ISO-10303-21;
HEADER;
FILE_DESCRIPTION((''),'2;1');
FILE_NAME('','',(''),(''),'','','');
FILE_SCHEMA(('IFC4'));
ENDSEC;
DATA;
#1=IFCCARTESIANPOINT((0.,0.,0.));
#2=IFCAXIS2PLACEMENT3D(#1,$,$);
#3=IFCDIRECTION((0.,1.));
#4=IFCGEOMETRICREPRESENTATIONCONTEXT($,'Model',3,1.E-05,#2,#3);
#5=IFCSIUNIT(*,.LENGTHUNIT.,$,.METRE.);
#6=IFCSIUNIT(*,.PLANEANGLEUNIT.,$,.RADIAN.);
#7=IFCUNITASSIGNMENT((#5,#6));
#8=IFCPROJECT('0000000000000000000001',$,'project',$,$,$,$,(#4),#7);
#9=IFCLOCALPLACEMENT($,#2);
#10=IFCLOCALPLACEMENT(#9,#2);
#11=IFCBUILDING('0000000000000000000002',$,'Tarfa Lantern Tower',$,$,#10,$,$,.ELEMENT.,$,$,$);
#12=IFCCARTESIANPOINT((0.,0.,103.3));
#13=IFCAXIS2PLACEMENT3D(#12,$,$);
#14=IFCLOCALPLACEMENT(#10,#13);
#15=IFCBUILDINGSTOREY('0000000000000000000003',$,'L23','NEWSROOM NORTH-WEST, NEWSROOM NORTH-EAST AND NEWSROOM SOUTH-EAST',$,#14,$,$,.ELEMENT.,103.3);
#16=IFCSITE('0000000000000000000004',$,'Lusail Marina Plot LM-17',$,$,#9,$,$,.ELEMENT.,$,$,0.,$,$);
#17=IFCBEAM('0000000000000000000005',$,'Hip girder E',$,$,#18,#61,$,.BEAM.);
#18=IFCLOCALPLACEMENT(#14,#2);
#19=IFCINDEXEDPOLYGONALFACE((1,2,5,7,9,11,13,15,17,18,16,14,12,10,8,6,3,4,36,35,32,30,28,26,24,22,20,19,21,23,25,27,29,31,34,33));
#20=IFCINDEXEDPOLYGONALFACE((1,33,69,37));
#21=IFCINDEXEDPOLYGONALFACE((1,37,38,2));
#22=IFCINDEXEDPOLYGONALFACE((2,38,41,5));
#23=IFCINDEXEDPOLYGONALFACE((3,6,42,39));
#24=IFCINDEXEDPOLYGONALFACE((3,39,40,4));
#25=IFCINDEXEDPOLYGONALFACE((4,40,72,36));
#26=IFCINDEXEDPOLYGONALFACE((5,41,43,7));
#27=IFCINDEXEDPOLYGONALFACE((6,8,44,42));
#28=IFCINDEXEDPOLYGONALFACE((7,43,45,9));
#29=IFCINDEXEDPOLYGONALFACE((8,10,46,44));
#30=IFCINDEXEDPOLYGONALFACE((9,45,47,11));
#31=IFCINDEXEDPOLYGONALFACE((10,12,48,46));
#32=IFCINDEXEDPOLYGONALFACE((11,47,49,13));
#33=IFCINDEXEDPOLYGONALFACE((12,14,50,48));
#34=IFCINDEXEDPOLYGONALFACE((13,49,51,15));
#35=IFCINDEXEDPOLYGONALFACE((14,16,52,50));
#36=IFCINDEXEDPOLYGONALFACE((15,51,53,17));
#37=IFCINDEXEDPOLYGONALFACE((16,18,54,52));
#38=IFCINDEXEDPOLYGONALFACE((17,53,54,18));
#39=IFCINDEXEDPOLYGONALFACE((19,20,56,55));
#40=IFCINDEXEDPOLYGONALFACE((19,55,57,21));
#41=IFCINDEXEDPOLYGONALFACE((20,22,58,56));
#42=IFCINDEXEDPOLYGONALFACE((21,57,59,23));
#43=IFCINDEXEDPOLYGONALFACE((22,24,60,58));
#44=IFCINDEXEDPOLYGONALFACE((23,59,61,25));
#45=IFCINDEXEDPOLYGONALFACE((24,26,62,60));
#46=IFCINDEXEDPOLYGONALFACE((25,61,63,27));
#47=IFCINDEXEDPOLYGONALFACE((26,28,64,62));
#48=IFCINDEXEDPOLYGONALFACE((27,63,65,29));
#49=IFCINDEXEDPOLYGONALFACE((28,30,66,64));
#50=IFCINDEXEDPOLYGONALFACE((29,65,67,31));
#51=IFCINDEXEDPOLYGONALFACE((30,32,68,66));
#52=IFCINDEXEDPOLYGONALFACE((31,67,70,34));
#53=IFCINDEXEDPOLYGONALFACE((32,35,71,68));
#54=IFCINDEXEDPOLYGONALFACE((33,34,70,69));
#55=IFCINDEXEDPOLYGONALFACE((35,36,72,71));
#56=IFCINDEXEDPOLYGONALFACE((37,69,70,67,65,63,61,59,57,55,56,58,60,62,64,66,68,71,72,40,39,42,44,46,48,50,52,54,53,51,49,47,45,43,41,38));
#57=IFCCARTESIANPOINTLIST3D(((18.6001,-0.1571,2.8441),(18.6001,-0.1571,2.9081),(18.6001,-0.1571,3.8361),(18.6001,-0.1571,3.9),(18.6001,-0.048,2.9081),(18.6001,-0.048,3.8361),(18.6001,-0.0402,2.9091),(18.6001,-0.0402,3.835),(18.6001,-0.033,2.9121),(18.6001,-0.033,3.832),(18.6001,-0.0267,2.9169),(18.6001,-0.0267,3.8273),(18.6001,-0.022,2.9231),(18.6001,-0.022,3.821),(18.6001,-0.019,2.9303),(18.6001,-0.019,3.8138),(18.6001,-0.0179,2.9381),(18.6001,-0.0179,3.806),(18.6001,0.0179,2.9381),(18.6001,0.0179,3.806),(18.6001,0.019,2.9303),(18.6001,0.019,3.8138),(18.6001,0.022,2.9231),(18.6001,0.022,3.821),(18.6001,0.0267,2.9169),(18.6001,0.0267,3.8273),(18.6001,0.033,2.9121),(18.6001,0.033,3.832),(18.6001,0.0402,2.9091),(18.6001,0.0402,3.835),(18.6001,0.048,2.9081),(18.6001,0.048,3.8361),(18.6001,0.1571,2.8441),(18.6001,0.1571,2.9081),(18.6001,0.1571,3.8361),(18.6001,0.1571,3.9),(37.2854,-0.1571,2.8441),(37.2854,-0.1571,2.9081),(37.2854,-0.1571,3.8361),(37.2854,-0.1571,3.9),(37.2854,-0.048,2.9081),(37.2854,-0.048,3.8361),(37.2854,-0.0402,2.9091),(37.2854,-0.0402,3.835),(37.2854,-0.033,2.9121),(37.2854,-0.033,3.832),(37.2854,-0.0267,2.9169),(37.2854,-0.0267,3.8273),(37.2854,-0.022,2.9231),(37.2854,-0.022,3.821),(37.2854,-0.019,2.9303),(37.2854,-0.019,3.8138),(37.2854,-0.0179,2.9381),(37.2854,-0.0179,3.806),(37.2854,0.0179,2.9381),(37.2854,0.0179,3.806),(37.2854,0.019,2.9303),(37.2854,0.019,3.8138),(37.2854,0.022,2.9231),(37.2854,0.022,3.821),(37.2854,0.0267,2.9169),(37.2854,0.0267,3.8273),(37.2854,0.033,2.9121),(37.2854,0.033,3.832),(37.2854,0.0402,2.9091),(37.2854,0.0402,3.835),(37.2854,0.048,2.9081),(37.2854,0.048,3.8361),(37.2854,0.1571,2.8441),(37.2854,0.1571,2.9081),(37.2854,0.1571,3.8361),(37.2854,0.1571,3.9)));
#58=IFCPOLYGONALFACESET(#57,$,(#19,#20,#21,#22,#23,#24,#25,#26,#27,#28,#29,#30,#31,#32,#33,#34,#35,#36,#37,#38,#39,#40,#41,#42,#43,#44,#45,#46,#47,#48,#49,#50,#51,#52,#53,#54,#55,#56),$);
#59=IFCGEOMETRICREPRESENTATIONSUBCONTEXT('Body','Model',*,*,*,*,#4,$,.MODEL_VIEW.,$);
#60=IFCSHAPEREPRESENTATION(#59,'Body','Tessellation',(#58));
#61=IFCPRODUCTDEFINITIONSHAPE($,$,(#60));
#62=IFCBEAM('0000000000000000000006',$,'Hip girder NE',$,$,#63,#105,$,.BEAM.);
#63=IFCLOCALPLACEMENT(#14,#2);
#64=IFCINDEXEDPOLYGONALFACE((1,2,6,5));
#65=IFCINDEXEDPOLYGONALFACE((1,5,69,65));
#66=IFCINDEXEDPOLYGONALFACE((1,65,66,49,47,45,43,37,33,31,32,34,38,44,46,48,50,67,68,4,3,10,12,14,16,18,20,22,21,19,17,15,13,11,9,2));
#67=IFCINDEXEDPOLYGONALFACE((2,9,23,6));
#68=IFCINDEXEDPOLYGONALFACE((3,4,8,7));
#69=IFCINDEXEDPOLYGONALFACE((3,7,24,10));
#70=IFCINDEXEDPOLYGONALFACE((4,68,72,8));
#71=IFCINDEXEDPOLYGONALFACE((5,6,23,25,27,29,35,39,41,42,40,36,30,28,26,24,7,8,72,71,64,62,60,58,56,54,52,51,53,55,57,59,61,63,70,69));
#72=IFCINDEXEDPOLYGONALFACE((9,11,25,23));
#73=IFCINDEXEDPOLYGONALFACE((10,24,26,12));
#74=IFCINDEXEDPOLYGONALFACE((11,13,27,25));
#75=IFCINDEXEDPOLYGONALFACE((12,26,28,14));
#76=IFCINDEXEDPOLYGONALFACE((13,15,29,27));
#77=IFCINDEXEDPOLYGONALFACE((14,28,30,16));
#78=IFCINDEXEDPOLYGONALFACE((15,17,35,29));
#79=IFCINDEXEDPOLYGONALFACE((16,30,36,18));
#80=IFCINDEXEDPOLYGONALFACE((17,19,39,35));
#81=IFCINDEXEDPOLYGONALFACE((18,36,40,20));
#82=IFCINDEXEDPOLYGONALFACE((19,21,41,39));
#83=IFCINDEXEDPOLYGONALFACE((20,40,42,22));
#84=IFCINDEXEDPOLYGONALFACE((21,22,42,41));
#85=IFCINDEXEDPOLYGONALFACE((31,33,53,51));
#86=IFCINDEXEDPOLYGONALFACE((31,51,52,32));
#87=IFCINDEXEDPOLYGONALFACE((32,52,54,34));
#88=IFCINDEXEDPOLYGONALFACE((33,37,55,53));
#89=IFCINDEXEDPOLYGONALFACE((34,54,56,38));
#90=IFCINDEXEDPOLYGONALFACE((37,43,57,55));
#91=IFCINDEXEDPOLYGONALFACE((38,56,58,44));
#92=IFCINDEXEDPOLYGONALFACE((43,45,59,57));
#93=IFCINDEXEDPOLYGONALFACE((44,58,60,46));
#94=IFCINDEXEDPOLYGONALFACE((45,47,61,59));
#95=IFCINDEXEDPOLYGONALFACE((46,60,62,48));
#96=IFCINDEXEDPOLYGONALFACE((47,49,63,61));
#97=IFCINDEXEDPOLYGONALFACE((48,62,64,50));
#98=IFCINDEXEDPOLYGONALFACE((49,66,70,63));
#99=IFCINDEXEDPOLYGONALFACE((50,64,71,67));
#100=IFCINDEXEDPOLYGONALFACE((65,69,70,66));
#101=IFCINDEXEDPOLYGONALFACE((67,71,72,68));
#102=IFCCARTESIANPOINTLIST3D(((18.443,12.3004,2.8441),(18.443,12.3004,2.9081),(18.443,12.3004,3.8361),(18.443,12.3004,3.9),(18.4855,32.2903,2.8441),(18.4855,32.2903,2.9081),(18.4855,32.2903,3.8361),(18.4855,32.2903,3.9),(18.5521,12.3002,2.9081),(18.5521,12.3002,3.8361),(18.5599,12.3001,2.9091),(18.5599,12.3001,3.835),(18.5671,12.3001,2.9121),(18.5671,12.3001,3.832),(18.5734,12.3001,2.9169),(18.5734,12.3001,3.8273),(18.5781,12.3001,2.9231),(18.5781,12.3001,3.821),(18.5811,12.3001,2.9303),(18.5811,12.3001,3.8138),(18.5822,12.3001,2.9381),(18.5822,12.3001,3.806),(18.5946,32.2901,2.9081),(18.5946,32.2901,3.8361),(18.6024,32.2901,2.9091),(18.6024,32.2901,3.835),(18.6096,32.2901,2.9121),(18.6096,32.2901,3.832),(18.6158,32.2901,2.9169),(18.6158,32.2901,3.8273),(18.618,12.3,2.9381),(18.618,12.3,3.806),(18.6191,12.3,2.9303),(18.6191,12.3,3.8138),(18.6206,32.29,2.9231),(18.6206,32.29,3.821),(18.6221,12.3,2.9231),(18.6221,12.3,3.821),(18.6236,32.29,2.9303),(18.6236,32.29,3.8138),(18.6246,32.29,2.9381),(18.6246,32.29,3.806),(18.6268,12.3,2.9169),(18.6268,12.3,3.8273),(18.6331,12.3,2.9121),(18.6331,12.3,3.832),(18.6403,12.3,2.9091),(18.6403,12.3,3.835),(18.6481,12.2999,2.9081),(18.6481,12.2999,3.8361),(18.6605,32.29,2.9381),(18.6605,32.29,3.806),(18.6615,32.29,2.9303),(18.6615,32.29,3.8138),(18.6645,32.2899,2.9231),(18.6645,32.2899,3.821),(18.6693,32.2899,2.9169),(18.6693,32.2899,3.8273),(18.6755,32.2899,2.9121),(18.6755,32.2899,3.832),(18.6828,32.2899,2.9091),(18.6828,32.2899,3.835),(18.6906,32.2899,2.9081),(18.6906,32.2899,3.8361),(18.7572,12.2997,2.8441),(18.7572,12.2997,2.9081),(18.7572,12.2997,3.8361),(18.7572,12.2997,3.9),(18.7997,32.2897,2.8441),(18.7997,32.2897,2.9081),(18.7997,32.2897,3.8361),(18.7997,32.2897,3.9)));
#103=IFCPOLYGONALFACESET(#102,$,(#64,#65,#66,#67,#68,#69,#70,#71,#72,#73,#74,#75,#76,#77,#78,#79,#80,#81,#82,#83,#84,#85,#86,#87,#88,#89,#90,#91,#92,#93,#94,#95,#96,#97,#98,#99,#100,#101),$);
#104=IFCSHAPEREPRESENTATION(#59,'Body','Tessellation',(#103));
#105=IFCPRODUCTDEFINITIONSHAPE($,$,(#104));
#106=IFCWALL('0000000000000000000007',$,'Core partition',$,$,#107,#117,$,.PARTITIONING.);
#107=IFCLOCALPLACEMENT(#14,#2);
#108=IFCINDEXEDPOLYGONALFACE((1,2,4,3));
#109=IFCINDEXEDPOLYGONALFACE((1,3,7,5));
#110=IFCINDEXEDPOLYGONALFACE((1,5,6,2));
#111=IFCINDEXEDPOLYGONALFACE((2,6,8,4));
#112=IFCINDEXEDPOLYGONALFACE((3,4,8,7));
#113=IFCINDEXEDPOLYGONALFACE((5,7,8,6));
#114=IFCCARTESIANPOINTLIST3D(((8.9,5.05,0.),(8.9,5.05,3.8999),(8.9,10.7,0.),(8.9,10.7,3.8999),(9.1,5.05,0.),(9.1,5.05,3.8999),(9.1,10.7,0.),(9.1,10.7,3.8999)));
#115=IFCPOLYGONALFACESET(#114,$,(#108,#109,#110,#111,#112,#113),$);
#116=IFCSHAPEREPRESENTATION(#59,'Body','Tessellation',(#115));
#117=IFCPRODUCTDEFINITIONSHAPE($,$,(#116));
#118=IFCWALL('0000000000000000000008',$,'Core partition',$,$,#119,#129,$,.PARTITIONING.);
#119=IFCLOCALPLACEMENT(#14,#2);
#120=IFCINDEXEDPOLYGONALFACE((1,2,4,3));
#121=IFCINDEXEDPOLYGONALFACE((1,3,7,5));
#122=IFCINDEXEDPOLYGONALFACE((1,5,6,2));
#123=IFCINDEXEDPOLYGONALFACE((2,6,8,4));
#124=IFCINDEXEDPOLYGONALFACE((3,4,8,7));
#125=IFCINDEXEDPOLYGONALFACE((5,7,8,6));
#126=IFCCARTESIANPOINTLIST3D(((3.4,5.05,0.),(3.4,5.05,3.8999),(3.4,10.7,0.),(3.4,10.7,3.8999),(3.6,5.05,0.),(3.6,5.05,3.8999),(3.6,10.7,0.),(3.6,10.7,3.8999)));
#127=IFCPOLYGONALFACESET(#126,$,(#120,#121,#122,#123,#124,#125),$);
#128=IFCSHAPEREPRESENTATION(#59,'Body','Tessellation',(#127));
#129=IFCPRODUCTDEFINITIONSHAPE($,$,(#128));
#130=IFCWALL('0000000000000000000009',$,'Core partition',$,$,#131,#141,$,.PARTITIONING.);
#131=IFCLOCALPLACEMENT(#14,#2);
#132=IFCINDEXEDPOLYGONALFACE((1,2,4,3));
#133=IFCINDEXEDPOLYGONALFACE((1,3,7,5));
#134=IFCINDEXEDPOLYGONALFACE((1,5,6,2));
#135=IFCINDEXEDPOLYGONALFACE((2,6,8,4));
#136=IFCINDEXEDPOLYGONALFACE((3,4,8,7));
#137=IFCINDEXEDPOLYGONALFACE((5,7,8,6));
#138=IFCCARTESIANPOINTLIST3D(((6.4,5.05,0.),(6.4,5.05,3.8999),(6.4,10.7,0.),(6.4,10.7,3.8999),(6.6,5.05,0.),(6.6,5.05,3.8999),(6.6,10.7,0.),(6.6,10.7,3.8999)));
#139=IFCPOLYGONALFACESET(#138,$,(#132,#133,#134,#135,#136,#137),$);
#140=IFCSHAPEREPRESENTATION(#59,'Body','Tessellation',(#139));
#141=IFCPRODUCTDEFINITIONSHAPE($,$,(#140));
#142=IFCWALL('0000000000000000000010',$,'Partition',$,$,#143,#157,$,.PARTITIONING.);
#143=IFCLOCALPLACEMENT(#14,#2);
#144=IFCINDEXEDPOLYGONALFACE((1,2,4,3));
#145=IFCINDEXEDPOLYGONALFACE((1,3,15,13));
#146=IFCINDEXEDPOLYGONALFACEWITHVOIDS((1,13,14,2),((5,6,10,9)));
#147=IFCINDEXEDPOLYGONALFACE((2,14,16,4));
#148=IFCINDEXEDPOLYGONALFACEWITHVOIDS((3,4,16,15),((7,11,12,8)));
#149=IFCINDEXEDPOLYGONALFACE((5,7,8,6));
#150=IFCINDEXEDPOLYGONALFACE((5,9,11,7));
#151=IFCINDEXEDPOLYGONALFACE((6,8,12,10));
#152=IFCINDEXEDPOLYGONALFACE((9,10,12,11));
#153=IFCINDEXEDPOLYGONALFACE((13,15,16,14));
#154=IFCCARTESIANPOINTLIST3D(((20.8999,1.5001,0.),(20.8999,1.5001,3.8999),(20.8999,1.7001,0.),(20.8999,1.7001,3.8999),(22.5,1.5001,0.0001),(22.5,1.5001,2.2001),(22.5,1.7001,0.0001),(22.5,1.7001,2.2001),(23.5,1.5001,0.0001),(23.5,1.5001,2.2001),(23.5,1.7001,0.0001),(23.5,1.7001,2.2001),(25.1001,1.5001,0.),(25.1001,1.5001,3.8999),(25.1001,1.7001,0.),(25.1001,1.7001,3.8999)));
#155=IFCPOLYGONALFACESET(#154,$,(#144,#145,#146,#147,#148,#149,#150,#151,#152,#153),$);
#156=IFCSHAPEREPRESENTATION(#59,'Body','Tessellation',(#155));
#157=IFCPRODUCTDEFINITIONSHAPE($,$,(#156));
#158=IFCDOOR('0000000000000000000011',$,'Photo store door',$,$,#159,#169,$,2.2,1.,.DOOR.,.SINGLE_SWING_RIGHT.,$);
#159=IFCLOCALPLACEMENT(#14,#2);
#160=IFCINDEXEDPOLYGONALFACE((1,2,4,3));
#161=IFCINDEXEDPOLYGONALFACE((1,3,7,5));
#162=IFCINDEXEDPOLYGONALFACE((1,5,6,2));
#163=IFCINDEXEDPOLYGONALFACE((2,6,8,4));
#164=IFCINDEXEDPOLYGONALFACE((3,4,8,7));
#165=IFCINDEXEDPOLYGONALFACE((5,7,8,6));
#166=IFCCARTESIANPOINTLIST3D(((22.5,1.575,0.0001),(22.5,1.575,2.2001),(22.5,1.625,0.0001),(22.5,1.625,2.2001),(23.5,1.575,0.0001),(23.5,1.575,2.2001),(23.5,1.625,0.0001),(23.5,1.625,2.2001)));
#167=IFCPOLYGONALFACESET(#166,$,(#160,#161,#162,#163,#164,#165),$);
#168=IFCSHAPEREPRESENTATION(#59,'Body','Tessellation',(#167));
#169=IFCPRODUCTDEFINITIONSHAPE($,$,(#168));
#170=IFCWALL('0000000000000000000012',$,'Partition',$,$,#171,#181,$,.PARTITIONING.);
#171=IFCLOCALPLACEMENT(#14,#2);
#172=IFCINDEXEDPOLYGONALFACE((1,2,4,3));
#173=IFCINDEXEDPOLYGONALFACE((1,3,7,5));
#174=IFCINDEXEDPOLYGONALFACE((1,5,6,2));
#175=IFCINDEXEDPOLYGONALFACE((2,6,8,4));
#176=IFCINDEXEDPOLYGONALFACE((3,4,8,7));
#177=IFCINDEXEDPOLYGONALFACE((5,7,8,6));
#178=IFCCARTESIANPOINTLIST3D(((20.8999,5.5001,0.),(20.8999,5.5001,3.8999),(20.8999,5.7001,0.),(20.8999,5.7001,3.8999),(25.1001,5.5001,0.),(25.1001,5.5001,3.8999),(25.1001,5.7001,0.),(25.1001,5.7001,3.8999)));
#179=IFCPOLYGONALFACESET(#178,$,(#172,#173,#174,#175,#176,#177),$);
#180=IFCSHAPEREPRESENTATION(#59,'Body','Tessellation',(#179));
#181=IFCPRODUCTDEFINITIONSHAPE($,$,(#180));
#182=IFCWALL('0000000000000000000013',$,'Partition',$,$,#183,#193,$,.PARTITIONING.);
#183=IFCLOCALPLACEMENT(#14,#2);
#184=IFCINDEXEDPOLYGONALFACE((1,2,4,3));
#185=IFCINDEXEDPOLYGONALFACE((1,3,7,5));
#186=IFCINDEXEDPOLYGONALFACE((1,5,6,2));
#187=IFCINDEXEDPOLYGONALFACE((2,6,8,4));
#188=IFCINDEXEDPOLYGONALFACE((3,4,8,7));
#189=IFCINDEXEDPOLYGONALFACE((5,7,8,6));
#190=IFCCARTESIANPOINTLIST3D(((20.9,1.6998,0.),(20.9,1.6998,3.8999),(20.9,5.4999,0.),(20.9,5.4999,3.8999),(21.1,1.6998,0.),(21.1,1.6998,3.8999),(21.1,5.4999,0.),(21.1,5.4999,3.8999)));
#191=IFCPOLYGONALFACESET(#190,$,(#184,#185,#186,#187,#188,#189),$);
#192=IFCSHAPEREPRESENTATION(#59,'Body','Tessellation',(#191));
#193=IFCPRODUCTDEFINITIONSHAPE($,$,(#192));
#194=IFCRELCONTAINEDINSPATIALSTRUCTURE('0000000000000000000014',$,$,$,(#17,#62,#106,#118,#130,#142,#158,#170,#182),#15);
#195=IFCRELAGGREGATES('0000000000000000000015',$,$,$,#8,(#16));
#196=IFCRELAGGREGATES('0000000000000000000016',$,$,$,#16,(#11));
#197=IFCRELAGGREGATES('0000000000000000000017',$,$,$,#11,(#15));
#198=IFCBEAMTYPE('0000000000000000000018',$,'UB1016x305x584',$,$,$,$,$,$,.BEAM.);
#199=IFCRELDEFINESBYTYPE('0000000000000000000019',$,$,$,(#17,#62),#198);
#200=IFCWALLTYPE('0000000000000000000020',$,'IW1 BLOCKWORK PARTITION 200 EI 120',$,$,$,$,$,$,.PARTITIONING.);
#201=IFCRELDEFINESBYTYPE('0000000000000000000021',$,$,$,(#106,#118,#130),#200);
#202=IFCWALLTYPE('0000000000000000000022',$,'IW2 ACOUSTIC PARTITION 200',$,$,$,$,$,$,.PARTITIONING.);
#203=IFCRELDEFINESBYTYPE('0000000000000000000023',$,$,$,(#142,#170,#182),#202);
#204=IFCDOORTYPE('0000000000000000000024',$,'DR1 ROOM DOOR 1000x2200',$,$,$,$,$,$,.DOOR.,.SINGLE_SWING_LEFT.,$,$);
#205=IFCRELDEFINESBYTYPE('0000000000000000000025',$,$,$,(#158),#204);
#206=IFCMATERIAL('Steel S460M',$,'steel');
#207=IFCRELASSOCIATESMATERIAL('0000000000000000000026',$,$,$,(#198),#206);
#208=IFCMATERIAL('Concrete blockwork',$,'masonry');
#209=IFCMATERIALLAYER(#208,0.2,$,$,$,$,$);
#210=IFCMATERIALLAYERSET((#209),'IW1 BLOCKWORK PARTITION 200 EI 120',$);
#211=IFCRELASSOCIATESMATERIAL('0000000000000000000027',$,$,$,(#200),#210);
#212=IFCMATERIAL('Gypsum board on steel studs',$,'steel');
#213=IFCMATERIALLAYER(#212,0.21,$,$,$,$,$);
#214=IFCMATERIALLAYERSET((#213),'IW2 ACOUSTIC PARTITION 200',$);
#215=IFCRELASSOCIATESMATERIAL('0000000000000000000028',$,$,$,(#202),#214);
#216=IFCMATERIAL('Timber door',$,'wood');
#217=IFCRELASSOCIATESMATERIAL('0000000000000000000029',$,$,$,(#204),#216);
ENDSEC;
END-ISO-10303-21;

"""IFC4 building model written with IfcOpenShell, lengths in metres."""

from ifc_helpers import new_model, si_unit, direction, frame, frame_2d, origin, origin_2d, place, context, subcontext, project, spatial, rectangle, i_section, extrude, material, layer, layer_set, material_profile, profile_set, type_object, element, fill, save


model = new_model("IFC4")

# Units and contexts
model_context = context("Model", 3, precision=1e-05, world=origin(), true_north=direction((0.0, 1.0)))
body_context = subcontext(model_context, "Body", "Model", "MODEL_VIEW")
ifc_project = project(units=[si_unit("LENGTHUNIT", "METRE"), si_unit("PLANEANGLEUNIT", "RADIAN")], contexts=[model_context])

# Site, building, storey
site_placement = place(None, origin())
site = spatial("IfcSite", under=ifc_project, at=site_placement, Name="Lusail Marina Plot LM-17", CompositionType="ELEMENT", RefElevation=0.0)
building_placement = place(site_placement, origin())
building = spatial("IfcBuilding", under=site, at=building_placement, Name="Tarfa Lantern Tower", CompositionType="ELEMENT")
storey_placement = place(building_placement, frame((0.0, 0.0, 103.3)))
storey = spatial("IfcBuildingStorey", under=building, at=storey_placement, Name="L23", Description="NEWSROOM NORTH-WEST, NEWSROOM NORTH-EAST AND NEWSROOM SOUTH-EAST", CompositionType="ELEMENT", Elevation=103.3)

# Beams
ifc_material_1 = material(Name="Steel S460M", Category="steel")
ifc_material_profile = material_profile(ifc_material_1, i_section(OverallWidth=0.3142, OverallDepth=1.0559, WebThickness=0.0359, FlangeThickness=0.064, FilletRadius=0.03, at=origin_2d()), Name="UB1016x305x584")
ifc_profile_set = profile_set([ifc_material_profile], Name="Steel S460M")
beam_type = type_object("IfcBeamType", Name="UB1016x305x584", PredefinedType="BEAM", material=ifc_profile_set)
beam_1_placement = place(storey_placement, frame((18.6001, 0.0, 3.3721), z_axis=(1.0, 0.0, 0.0), x_axis=(0.0, 1.0, 0.0)))
element("IfcBeam", 1, at=beam_1_placement, inside=storey, type_object=beam_type, Name="Hip girder E", PredefinedType="BEAM", context=body_context, shape_type="SweptSolid", body=[
    extrude(i_section(OverallWidth=0.3142, OverallDepth=1.0559, WebThickness=0.0359, FlangeThickness=0.064, FilletRadius=0.03, at=origin_2d()), origin(), (0.0, 0.0, 1.0), 18.6853),
])
beam_2_placement = place(storey_placement, frame((18.6001, 12.3, 3.3721), z_axis=(0.002125, 0.999998, 0.0), x_axis=(-0.999998, 0.002125, 0.0)))
element("IfcBeam", 2, at=beam_2_placement, inside=storey, type_object=beam_type, Name="Hip girder NE", PredefinedType="BEAM", context=body_context, shape_type="SweptSolid", body=[
    extrude(i_section(OverallWidth=0.3142, OverallDepth=1.0559, WebThickness=0.0359, FlangeThickness=0.064, FilletRadius=0.03, at=origin_2d()), origin(), (0.0, 0.0, 1.0), 19.99),
])

# Walls
ifc_material_2 = material(Name="Concrete blockwork", Category="masonry")
ifc_layer_1 = layer(ifc_material_2, 0.2)
ifc_layer_set_1 = layer_set([ifc_layer_1], Name="IW1 BLOCKWORK PARTITION 200 EI 120")
wall_type_1 = type_object("IfcWallType", Name="IW1 BLOCKWORK PARTITION 200 EI 120", PredefinedType="PARTITIONING", material=ifc_layer_set_1)
for number, where, z_axis, x_axis, name in (
    (3, (9.0, 5.05, 0.0), (0.0, 0.0, 1.0), (0.0, 1.0, 0.0), "Core partition"),
    (4, (3.5, 5.05, 0.0), (0.0, 0.0, 1.0), (0.0, 1.0, 0.0), "Core partition"),
    (5, (6.5, 5.05, 0.0), (0.0, 0.0, 1.0), (0.0, 1.0, 0.0), "Core partition"),
):
    element("IfcWall", number, at=place(storey_placement, frame(where, z_axis=z_axis, x_axis=x_axis)), inside=storey, type_object=wall_type_1, Name=name, PredefinedType="PARTITIONING", context=body_context, shape_type="SweptSolid", body=[
        extrude(rectangle(XDim=5.6499, YDim=0.2, at=frame_2d((2.825, 0.0))), origin(), (0.0, 0.0, 1.0), 3.8999),
    ])

# Wall, opening, door
ifc_material_3 = material(Name="Gypsum board on steel studs", Category="steel")
ifc_layer_2 = layer(ifc_material_3, 0.21)
ifc_layer_set_2 = layer_set([ifc_layer_2], Name="IW2 ACOUSTIC PARTITION 200")
wall_type_2 = type_object("IfcWallType", Name="IW2 ACOUSTIC PARTITION 200", PredefinedType="PARTITIONING", material=ifc_layer_set_2)
wall_1_placement = place(storey_placement, frame((20.8999, 1.6001, 0.0), z_axis=(0.0, 0.0, 1.0), x_axis=(1.0, 0.0, 0.0)))
wall_1 = element("IfcWall", 6, at=wall_1_placement, inside=storey, type_object=wall_type_2, Name="Partition", PredefinedType="PARTITIONING", context=body_context, shape_type="SweptSolid", body=[
    extrude(rectangle(XDim=4.2002, YDim=0.2, at=frame_2d((2.1001, 0.0))), origin(), (0.0, 0.0, 1.0), 3.8999),
])
opening_1_placement = place(wall_1_placement, frame((1.6001, 0.0, 0.0)))
opening_1 = element("IfcOpeningElement", 7, at=opening_1_placement, cuts=wall_1, PredefinedType="OPENING", context=body_context, shape_type="SweptSolid", body=[
    extrude(rectangle(XDim=1.0, YDim=2.2, at=frame_2d((0.5, 1.1001))), frame((0.0, 0.1099, 0.0), z_axis=(0.0, -1.0, 0.0), x_axis=(1.0, 0.0, 0.0)), (0.0, 0.0, 1.0), 0.22),
])
ifc_material_4 = material(Name="Timber door", Category="wood")
door_type_1 = type_object("IfcDoorType", Name="DR1 ROOM DOOR 1000x2200", OperationType="SINGLE_SWING_LEFT", PredefinedType="DOOR", material=ifc_material_4)
door_1_placement = place(opening_1_placement, origin())
door_1 = element("IfcDoor", 8, at=door_1_placement, inside=storey, type_object=door_type_1, Name="Photo store door", OperationType="SINGLE_SWING_RIGHT", OverallHeight=2.2, OverallWidth=1.0, PredefinedType="DOOR", context=body_context, shape_type="SweptSolid", body=[
    extrude(rectangle(XDim=1.0, YDim=2.2, at=frame_2d((0.5, 1.1001))), frame((0.0, 0.0249, 0.0), z_axis=(0.0, -1.0, 0.0), x_axis=(1.0, 0.0, 0.0)), (0.0, 0.0, 1.0), 0.05),
])
fill(opening_1, door_1)

# Walls
wall_2_placement = place(storey_placement, frame((20.8999, 5.6001, 0.0), z_axis=(0.0, 0.0, 1.0), x_axis=(1.0, 0.0, 0.0)))
element("IfcWall", 9, at=wall_2_placement, inside=storey, type_object=wall_type_2, Name="Partition", PredefinedType="PARTITIONING", context=body_context, shape_type="SweptSolid", body=[
    extrude(rectangle(XDim=4.2002, YDim=0.2, at=frame_2d((2.1001, 0.0))), origin(), (0.0, 0.0, 1.0), 3.8999),
])
wall_3_placement = place(storey_placement, frame((21.0, 1.7, 0.0), z_axis=(0.0, 0.0, 1.0), x_axis=(0.0, 1.0, 0.0)))
element("IfcWall", 10, at=wall_3_placement, inside=storey, type_object=wall_type_2, Name="Partition", PredefinedType="PARTITIONING", context=body_context, shape_type="SweptSolid", body=[
    extrude(rectangle(XDim=3.8, YDim=0.2, at=frame_2d((1.8999, 0.0))), origin(), (0.0, 0.0, 1.0), 3.8999),
])

save(model, "model.ifc")
